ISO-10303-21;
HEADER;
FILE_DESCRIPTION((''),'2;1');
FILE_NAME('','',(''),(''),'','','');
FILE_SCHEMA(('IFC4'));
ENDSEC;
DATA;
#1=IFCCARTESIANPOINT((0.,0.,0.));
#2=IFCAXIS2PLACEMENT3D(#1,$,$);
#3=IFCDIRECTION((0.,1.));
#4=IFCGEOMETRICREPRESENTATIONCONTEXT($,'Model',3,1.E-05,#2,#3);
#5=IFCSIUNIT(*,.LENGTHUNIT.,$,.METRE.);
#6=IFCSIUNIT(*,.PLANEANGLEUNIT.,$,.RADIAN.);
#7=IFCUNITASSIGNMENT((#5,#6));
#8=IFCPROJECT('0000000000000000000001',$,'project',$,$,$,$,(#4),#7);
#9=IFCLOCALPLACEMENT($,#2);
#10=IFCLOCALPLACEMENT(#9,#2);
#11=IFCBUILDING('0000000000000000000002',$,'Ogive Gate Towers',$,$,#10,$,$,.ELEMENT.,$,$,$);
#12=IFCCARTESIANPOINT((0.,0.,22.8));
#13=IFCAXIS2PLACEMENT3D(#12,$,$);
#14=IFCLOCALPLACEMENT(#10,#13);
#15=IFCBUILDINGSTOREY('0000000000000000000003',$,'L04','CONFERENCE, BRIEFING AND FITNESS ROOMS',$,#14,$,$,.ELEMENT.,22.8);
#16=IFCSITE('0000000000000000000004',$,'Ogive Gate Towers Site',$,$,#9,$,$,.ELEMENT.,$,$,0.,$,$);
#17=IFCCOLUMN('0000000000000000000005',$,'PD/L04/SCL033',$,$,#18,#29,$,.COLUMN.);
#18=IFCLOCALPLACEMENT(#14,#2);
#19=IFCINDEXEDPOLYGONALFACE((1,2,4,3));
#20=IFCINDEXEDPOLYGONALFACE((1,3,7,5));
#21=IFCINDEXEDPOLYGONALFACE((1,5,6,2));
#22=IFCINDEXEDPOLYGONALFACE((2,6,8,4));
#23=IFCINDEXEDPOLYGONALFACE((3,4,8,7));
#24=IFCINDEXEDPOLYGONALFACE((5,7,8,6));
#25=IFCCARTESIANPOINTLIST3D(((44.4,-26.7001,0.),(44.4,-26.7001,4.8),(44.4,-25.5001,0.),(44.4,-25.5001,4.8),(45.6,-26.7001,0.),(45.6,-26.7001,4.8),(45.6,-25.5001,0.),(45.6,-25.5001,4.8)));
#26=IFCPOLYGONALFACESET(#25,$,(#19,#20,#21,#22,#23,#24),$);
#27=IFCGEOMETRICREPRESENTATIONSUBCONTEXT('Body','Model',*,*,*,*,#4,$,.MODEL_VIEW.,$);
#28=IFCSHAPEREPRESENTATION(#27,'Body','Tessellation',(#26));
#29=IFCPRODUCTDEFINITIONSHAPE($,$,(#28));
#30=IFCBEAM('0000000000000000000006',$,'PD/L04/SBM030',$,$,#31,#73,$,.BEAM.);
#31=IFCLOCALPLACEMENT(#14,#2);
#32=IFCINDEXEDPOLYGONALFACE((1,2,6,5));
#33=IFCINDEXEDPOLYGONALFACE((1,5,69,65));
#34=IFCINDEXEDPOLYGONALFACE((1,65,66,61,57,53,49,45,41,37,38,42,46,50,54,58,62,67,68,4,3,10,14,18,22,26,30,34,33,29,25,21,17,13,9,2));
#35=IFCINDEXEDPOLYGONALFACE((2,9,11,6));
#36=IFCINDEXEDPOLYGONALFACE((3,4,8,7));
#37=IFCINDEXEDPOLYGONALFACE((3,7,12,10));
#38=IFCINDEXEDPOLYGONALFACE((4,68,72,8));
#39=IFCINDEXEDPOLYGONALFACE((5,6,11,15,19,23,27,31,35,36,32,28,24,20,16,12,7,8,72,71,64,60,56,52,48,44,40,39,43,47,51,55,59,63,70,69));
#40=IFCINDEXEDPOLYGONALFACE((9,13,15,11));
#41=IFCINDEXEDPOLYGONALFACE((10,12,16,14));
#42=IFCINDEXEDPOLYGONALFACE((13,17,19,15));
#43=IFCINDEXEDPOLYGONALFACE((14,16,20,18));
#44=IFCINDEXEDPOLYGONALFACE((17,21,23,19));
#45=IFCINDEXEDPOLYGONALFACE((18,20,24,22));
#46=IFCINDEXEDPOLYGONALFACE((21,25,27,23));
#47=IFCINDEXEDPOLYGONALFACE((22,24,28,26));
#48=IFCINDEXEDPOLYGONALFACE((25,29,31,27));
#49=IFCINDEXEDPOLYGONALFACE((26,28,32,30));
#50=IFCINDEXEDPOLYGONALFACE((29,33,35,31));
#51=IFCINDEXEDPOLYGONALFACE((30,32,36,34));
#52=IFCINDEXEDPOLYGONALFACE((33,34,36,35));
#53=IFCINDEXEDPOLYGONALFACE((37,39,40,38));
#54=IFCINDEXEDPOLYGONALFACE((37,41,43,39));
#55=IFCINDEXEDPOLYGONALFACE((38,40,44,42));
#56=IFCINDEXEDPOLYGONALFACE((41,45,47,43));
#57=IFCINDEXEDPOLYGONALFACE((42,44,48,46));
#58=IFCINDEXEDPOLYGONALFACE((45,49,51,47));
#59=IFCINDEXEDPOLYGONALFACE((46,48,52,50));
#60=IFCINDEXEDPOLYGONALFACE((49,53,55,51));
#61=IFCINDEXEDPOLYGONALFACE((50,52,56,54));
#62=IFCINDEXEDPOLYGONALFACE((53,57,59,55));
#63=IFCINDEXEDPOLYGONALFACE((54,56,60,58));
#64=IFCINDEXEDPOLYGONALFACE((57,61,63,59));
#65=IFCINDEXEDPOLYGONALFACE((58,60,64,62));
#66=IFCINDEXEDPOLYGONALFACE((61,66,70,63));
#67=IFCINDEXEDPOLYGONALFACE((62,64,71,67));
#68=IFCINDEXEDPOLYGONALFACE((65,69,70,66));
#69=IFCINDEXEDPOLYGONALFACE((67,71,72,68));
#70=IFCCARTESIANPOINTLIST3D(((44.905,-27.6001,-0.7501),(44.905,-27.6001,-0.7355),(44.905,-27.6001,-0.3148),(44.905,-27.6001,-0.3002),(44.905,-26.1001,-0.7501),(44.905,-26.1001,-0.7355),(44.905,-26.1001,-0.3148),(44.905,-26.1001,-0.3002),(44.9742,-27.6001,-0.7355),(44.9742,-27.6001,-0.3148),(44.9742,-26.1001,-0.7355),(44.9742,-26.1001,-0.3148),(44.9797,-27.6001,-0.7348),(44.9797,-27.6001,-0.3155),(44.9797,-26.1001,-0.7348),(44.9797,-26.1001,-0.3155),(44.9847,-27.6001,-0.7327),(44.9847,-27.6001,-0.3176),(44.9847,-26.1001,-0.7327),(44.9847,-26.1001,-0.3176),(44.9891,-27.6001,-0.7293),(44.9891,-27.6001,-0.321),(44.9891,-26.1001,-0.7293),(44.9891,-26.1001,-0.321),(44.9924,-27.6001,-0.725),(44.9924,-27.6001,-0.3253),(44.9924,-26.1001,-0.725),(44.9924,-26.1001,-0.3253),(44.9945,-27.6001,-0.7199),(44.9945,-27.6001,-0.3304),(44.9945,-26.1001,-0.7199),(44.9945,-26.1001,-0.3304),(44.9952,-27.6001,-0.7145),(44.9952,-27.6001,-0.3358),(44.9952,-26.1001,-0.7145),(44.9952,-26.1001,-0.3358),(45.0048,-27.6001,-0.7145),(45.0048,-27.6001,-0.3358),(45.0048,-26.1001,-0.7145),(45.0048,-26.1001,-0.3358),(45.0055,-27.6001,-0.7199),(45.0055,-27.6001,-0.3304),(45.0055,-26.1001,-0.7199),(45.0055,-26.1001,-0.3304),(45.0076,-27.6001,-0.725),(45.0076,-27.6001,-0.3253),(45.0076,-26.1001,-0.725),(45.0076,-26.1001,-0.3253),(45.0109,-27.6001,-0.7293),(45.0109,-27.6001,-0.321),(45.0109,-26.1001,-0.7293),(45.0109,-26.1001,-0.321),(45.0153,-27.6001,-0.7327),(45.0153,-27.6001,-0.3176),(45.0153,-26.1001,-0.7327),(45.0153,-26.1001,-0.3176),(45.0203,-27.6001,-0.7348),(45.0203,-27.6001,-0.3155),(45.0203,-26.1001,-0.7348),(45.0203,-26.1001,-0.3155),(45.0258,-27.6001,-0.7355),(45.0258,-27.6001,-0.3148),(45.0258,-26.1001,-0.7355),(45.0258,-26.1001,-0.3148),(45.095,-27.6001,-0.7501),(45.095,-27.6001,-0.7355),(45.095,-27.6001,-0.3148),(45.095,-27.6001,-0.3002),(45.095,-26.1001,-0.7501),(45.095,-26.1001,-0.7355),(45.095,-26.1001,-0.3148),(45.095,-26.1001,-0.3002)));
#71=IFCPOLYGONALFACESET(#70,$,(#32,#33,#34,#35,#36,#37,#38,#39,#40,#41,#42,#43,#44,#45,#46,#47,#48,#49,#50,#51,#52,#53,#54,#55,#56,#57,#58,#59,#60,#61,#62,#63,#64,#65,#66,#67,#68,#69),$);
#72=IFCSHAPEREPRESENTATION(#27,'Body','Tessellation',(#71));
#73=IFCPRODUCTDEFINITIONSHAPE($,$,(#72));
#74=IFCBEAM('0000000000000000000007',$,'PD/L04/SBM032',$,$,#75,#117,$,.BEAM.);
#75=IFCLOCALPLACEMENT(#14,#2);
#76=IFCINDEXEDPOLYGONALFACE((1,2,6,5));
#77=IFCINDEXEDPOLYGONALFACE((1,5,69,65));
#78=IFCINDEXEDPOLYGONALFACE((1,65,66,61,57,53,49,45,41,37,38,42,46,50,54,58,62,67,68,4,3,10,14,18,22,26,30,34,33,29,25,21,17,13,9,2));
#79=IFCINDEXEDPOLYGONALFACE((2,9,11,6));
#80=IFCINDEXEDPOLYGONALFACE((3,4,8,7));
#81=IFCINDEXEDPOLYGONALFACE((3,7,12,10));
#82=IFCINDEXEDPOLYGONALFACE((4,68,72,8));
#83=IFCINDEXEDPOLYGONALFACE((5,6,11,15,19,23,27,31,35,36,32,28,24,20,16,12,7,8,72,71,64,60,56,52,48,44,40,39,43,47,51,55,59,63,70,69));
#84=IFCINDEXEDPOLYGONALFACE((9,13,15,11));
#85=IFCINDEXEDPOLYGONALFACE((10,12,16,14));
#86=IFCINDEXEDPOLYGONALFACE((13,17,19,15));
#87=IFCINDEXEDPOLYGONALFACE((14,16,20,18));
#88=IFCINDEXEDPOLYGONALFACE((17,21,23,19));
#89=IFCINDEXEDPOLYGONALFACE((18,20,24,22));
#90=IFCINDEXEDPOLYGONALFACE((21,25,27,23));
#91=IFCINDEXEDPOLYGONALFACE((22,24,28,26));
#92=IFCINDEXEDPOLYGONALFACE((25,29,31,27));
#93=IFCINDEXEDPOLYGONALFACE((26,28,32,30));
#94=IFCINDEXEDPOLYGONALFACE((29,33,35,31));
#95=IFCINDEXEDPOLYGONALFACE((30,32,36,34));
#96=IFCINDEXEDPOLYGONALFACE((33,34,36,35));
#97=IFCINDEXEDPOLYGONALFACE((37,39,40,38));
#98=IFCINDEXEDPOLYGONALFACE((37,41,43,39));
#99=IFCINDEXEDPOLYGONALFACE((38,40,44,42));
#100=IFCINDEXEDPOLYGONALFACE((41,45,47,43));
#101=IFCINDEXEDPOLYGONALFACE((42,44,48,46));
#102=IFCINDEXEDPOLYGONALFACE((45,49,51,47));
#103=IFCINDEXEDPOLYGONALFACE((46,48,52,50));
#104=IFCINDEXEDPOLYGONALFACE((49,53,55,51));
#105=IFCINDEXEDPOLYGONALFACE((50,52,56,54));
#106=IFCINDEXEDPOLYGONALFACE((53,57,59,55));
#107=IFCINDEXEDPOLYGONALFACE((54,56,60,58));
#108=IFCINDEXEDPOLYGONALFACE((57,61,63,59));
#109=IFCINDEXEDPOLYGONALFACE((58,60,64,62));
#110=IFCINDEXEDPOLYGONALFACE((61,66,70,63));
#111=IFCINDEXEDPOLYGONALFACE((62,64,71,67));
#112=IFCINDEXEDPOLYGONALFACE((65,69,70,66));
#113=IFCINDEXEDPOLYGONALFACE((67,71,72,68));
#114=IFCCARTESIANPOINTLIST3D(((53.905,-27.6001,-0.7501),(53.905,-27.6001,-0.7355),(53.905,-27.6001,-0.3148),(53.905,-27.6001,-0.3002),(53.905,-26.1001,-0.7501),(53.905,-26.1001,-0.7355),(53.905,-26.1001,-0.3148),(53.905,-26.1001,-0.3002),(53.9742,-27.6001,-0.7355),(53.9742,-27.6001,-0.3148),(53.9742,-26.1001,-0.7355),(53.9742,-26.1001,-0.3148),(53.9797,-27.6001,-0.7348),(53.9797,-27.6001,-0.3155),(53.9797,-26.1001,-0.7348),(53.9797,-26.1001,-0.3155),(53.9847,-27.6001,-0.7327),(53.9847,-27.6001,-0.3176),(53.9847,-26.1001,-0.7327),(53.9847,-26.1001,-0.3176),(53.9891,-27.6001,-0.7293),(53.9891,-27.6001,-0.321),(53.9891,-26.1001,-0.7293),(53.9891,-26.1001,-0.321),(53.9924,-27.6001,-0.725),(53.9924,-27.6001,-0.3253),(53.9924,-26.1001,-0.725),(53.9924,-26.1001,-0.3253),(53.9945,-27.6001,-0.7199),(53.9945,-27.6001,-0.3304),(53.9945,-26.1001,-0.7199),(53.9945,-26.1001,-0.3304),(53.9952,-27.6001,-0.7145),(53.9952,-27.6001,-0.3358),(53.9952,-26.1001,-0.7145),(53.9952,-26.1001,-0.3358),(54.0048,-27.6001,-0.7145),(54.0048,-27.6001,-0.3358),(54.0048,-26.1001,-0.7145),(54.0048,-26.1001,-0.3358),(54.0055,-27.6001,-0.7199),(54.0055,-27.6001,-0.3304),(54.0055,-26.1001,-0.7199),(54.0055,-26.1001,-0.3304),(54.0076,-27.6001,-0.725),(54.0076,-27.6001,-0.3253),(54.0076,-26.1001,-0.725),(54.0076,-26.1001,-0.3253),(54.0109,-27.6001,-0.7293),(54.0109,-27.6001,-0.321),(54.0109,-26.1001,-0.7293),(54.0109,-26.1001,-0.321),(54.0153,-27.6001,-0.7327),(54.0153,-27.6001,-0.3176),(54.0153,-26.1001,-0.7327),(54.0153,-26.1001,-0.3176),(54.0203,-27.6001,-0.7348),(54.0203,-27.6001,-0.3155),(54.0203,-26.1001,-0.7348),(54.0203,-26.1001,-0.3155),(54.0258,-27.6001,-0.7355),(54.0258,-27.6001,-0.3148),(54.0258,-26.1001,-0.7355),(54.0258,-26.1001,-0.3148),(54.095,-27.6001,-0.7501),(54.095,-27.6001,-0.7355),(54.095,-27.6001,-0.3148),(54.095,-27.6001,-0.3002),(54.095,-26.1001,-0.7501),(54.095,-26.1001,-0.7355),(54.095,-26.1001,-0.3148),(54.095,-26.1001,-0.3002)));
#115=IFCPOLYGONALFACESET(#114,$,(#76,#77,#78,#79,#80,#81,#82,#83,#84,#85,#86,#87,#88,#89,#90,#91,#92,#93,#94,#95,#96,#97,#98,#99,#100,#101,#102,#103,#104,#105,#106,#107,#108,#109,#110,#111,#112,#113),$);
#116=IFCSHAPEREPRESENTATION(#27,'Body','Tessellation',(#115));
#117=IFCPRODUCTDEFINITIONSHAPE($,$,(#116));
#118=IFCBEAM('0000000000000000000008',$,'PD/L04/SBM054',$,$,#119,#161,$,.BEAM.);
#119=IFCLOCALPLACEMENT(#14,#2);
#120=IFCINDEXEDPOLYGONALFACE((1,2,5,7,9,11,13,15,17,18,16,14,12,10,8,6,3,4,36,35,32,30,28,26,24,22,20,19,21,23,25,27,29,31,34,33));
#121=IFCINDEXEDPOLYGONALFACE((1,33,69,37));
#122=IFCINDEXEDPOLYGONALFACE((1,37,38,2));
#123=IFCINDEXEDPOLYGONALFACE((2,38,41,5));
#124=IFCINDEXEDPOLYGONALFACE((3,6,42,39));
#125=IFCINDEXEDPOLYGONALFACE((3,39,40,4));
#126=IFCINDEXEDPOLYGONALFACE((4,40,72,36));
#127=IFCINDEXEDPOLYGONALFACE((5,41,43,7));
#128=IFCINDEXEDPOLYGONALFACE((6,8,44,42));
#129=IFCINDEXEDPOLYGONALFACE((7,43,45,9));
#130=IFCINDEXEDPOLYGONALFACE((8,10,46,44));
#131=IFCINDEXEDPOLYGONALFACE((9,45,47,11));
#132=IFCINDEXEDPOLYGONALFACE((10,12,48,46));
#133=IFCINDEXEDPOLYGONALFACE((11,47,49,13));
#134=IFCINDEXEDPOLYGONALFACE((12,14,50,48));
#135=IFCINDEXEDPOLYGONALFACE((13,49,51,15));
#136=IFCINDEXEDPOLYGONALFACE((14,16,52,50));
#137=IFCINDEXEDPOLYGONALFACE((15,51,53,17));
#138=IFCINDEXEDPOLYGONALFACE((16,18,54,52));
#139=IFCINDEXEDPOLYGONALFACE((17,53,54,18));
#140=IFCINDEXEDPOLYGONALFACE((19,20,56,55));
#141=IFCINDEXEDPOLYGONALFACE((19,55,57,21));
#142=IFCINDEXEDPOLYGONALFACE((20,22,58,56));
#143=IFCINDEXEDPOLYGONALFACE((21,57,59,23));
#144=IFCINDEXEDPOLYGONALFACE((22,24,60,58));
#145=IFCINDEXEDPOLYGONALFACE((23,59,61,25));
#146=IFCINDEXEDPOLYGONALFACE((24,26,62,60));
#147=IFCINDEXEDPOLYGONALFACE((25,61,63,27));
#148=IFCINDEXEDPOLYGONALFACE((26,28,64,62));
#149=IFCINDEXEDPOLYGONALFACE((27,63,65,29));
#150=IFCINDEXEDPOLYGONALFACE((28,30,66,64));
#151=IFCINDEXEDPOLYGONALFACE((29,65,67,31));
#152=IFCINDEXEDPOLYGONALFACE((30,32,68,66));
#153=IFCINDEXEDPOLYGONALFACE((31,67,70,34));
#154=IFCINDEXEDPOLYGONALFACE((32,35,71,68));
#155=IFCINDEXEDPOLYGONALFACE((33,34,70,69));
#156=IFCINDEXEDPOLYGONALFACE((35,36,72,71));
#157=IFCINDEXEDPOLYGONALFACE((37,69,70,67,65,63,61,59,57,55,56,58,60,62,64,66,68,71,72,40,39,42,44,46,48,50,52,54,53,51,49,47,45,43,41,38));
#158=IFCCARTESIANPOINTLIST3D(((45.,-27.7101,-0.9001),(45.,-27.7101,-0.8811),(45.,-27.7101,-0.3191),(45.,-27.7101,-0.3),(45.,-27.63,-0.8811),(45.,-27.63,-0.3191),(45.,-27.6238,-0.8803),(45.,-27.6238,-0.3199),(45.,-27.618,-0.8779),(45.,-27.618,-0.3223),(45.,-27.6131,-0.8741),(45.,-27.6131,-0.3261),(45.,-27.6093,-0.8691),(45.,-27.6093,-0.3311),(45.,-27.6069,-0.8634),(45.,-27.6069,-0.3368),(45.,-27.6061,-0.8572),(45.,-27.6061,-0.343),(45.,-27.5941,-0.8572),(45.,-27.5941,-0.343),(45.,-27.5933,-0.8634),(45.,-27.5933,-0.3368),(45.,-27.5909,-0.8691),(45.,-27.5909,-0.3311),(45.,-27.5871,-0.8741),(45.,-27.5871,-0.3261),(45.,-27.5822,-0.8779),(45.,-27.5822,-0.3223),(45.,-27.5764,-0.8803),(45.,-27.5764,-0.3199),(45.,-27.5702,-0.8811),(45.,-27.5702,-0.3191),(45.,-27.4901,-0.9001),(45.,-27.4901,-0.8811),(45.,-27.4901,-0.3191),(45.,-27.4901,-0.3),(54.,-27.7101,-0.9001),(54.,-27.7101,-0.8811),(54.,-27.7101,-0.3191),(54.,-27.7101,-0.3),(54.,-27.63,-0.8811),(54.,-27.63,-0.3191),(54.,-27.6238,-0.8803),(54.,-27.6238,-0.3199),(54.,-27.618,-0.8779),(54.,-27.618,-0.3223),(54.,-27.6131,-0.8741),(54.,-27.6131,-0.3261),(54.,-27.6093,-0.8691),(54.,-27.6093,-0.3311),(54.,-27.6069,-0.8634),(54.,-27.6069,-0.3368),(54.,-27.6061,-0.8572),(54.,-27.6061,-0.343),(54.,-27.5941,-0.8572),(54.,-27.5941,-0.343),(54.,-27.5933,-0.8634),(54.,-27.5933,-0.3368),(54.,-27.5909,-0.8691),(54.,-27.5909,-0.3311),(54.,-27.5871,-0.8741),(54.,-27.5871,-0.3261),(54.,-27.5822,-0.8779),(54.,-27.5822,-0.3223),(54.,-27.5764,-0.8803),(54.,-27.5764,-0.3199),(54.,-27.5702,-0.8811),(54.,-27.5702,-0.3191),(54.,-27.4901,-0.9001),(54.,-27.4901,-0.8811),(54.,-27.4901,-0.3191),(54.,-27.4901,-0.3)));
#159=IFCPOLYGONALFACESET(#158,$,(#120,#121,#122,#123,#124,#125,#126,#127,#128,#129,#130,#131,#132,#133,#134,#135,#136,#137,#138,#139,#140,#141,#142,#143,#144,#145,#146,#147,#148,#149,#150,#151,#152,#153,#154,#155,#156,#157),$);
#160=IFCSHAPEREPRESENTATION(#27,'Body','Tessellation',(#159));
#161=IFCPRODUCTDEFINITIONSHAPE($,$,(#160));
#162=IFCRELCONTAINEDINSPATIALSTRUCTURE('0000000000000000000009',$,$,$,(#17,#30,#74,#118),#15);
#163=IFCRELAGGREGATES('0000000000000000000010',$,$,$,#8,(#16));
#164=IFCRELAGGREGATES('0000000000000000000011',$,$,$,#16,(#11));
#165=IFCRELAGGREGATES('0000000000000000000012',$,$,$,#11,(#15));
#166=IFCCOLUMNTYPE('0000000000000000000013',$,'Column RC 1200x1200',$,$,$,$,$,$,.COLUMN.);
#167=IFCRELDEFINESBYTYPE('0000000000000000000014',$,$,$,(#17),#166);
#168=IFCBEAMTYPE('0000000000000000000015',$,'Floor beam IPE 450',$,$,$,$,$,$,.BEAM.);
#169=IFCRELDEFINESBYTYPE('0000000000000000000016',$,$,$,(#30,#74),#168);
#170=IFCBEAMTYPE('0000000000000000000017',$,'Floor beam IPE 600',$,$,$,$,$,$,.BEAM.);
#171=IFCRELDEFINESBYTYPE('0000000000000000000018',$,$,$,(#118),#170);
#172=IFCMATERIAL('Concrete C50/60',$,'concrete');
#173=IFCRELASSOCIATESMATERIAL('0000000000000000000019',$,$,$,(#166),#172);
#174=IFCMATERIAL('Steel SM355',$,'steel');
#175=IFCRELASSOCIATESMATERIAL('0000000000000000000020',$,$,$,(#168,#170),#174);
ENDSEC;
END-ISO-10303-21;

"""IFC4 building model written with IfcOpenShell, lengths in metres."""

from ifc_helpers import new_model, si_unit, direction, frame, origin, origin_2d, place, context, subcontext, project, spatial, rectangle, i_section, extrude, material, material_profile, profile_set, type_object, element, save


model = new_model("IFC4")

# Units and contexts
model_context = context("Model", 3, precision=1e-05, world=origin(), true_north=direction((0.0, 1.0)))
body_context = subcontext(model_context, "Body", "Model", "MODEL_VIEW")
ifc_project = project(units=[si_unit("LENGTHUNIT", "METRE"), si_unit("PLANEANGLEUNIT", "RADIAN")], contexts=[model_context])

# Site, building, storey
site_placement = place(None, origin())
site = spatial("IfcSite", under=ifc_project, at=site_placement, Name="Ogive Gate Towers Site", CompositionType="ELEMENT", RefElevation=0.0)
building_placement = place(site_placement, origin())
building = spatial("IfcBuilding", under=site, at=building_placement, Name="Ogive Gate Towers", CompositionType="ELEMENT")
storey_placement = place(building_placement, frame((0.0, 0.0, 22.8)))
storey = spatial("IfcBuildingStorey", under=building, at=storey_placement, Name="L04", Description="CONFERENCE, BRIEFING AND FITNESS ROOMS", CompositionType="ELEMENT", Elevation=22.8)

# Column
ifc_material_1 = material(Name="Concrete C50/60", Category="concrete")
ifc_material_profile_1 = material_profile(ifc_material_1, rectangle(XDim=1.2, YDim=1.2, at=origin_2d()), Name="RC 1200x1200")
ifc_profile_set_1 = profile_set([ifc_material_profile_1], Name="Concrete C50/60")
column_type = type_object("IfcColumnType", Name="Column RC 1200x1200", PredefinedType="COLUMN", material=ifc_profile_set_1)
column_placement = place(storey_placement, frame((45.0, -26.1001, 0.0), z_axis=(0.0, 0.0, 1.0), x_axis=(1.0, 0.0, 0.0)))
element("IfcColumn", 1, at=column_placement, inside=storey, type_object=column_type, Name="PD/L04/SCL033", PredefinedType="COLUMN", context=body_context, shape_type="SweptSolid", body=[
    extrude(rectangle(XDim=1.2, YDim=1.2, at=origin_2d()), origin(), (0.0, 0.0, 1.0), 4.8),
])

# Beams
ifc_material_2 = material(Name="Steel SM355", Category="steel")
ifc_material_profile_2 = material_profile(ifc_material_2, i_section(OverallWidth=0.1899, OverallDepth=0.45, WebThickness=0.0095, FlangeThickness=0.0146, FilletRadius=0.021, at=origin_2d()), Name="IPE 450")
ifc_profile_set_2 = profile_set([ifc_material_profile_2], Name="Steel SM355")
beam_type_1 = type_object("IfcBeamType", Name="Floor beam IPE 450", PredefinedType="BEAM", material=ifc_profile_set_2)
for number, where, z_axis, x_axis, name in (
    (2, (45.0, -27.6001, -0.5251), (0.0, 1.0, 0.0), (-1.0, 0.0, 0.0), "PD/L04/SBM030"),
    (3, (54.0, -27.6001, -0.5251), (0.0, 1.0, 0.0), (-1.0, 0.0, 0.0), "PD/L04/SBM032"),
):
    element("IfcBeam", number, at=place(storey_placement, frame(where, z_axis=z_axis, x_axis=x_axis)), inside=storey, type_object=beam_type_1, Name=name, PredefinedType="BEAM", context=body_context, shape_type="SweptSolid", body=[
        extrude(i_section(OverallWidth=0.1899, OverallDepth=0.45, WebThickness=0.0095, FlangeThickness=0.0146, FilletRadius=0.021, at=origin_2d()), origin(), (0.0, 0.0, 1.0), 1.5),
    ])
ifc_material_profile_3 = material_profile(ifc_material_2, i_section(OverallWidth=0.22, OverallDepth=0.6001, WebThickness=0.012, FlangeThickness=0.019, FilletRadius=0.0239, at=origin_2d()), Name="IPE 600")
ifc_profile_set_3 = profile_set([ifc_material_profile_3], Name="Steel SM355")
beam_type_2 = type_object("IfcBeamType", Name="Floor beam IPE 600", PredefinedType="BEAM", material=ifc_profile_set_3)
for number, where, z_axis, x_axis, name in (
    (4, (54.0, -27.6001, -0.6001), (-1.0, 0.0, 0.0), (0.0, -1.0, 0.0), "PD/L04/SBM054"),
):
    element("IfcBeam", number, at=place(storey_placement, frame(where, z_axis=z_axis, x_axis=x_axis)), inside=storey, type_object=beam_type_2, Name=name, PredefinedType="BEAM", context=body_context, shape_type="SweptSolid", body=[
        extrude(i_section(OverallWidth=0.22, OverallDepth=0.6001, WebThickness=0.012, FlangeThickness=0.019, FilletRadius=0.0239, at=origin_2d()), origin(), (0.0, 0.0, 1.0), 9.0),
    ])

save(model, "model.ifc")
